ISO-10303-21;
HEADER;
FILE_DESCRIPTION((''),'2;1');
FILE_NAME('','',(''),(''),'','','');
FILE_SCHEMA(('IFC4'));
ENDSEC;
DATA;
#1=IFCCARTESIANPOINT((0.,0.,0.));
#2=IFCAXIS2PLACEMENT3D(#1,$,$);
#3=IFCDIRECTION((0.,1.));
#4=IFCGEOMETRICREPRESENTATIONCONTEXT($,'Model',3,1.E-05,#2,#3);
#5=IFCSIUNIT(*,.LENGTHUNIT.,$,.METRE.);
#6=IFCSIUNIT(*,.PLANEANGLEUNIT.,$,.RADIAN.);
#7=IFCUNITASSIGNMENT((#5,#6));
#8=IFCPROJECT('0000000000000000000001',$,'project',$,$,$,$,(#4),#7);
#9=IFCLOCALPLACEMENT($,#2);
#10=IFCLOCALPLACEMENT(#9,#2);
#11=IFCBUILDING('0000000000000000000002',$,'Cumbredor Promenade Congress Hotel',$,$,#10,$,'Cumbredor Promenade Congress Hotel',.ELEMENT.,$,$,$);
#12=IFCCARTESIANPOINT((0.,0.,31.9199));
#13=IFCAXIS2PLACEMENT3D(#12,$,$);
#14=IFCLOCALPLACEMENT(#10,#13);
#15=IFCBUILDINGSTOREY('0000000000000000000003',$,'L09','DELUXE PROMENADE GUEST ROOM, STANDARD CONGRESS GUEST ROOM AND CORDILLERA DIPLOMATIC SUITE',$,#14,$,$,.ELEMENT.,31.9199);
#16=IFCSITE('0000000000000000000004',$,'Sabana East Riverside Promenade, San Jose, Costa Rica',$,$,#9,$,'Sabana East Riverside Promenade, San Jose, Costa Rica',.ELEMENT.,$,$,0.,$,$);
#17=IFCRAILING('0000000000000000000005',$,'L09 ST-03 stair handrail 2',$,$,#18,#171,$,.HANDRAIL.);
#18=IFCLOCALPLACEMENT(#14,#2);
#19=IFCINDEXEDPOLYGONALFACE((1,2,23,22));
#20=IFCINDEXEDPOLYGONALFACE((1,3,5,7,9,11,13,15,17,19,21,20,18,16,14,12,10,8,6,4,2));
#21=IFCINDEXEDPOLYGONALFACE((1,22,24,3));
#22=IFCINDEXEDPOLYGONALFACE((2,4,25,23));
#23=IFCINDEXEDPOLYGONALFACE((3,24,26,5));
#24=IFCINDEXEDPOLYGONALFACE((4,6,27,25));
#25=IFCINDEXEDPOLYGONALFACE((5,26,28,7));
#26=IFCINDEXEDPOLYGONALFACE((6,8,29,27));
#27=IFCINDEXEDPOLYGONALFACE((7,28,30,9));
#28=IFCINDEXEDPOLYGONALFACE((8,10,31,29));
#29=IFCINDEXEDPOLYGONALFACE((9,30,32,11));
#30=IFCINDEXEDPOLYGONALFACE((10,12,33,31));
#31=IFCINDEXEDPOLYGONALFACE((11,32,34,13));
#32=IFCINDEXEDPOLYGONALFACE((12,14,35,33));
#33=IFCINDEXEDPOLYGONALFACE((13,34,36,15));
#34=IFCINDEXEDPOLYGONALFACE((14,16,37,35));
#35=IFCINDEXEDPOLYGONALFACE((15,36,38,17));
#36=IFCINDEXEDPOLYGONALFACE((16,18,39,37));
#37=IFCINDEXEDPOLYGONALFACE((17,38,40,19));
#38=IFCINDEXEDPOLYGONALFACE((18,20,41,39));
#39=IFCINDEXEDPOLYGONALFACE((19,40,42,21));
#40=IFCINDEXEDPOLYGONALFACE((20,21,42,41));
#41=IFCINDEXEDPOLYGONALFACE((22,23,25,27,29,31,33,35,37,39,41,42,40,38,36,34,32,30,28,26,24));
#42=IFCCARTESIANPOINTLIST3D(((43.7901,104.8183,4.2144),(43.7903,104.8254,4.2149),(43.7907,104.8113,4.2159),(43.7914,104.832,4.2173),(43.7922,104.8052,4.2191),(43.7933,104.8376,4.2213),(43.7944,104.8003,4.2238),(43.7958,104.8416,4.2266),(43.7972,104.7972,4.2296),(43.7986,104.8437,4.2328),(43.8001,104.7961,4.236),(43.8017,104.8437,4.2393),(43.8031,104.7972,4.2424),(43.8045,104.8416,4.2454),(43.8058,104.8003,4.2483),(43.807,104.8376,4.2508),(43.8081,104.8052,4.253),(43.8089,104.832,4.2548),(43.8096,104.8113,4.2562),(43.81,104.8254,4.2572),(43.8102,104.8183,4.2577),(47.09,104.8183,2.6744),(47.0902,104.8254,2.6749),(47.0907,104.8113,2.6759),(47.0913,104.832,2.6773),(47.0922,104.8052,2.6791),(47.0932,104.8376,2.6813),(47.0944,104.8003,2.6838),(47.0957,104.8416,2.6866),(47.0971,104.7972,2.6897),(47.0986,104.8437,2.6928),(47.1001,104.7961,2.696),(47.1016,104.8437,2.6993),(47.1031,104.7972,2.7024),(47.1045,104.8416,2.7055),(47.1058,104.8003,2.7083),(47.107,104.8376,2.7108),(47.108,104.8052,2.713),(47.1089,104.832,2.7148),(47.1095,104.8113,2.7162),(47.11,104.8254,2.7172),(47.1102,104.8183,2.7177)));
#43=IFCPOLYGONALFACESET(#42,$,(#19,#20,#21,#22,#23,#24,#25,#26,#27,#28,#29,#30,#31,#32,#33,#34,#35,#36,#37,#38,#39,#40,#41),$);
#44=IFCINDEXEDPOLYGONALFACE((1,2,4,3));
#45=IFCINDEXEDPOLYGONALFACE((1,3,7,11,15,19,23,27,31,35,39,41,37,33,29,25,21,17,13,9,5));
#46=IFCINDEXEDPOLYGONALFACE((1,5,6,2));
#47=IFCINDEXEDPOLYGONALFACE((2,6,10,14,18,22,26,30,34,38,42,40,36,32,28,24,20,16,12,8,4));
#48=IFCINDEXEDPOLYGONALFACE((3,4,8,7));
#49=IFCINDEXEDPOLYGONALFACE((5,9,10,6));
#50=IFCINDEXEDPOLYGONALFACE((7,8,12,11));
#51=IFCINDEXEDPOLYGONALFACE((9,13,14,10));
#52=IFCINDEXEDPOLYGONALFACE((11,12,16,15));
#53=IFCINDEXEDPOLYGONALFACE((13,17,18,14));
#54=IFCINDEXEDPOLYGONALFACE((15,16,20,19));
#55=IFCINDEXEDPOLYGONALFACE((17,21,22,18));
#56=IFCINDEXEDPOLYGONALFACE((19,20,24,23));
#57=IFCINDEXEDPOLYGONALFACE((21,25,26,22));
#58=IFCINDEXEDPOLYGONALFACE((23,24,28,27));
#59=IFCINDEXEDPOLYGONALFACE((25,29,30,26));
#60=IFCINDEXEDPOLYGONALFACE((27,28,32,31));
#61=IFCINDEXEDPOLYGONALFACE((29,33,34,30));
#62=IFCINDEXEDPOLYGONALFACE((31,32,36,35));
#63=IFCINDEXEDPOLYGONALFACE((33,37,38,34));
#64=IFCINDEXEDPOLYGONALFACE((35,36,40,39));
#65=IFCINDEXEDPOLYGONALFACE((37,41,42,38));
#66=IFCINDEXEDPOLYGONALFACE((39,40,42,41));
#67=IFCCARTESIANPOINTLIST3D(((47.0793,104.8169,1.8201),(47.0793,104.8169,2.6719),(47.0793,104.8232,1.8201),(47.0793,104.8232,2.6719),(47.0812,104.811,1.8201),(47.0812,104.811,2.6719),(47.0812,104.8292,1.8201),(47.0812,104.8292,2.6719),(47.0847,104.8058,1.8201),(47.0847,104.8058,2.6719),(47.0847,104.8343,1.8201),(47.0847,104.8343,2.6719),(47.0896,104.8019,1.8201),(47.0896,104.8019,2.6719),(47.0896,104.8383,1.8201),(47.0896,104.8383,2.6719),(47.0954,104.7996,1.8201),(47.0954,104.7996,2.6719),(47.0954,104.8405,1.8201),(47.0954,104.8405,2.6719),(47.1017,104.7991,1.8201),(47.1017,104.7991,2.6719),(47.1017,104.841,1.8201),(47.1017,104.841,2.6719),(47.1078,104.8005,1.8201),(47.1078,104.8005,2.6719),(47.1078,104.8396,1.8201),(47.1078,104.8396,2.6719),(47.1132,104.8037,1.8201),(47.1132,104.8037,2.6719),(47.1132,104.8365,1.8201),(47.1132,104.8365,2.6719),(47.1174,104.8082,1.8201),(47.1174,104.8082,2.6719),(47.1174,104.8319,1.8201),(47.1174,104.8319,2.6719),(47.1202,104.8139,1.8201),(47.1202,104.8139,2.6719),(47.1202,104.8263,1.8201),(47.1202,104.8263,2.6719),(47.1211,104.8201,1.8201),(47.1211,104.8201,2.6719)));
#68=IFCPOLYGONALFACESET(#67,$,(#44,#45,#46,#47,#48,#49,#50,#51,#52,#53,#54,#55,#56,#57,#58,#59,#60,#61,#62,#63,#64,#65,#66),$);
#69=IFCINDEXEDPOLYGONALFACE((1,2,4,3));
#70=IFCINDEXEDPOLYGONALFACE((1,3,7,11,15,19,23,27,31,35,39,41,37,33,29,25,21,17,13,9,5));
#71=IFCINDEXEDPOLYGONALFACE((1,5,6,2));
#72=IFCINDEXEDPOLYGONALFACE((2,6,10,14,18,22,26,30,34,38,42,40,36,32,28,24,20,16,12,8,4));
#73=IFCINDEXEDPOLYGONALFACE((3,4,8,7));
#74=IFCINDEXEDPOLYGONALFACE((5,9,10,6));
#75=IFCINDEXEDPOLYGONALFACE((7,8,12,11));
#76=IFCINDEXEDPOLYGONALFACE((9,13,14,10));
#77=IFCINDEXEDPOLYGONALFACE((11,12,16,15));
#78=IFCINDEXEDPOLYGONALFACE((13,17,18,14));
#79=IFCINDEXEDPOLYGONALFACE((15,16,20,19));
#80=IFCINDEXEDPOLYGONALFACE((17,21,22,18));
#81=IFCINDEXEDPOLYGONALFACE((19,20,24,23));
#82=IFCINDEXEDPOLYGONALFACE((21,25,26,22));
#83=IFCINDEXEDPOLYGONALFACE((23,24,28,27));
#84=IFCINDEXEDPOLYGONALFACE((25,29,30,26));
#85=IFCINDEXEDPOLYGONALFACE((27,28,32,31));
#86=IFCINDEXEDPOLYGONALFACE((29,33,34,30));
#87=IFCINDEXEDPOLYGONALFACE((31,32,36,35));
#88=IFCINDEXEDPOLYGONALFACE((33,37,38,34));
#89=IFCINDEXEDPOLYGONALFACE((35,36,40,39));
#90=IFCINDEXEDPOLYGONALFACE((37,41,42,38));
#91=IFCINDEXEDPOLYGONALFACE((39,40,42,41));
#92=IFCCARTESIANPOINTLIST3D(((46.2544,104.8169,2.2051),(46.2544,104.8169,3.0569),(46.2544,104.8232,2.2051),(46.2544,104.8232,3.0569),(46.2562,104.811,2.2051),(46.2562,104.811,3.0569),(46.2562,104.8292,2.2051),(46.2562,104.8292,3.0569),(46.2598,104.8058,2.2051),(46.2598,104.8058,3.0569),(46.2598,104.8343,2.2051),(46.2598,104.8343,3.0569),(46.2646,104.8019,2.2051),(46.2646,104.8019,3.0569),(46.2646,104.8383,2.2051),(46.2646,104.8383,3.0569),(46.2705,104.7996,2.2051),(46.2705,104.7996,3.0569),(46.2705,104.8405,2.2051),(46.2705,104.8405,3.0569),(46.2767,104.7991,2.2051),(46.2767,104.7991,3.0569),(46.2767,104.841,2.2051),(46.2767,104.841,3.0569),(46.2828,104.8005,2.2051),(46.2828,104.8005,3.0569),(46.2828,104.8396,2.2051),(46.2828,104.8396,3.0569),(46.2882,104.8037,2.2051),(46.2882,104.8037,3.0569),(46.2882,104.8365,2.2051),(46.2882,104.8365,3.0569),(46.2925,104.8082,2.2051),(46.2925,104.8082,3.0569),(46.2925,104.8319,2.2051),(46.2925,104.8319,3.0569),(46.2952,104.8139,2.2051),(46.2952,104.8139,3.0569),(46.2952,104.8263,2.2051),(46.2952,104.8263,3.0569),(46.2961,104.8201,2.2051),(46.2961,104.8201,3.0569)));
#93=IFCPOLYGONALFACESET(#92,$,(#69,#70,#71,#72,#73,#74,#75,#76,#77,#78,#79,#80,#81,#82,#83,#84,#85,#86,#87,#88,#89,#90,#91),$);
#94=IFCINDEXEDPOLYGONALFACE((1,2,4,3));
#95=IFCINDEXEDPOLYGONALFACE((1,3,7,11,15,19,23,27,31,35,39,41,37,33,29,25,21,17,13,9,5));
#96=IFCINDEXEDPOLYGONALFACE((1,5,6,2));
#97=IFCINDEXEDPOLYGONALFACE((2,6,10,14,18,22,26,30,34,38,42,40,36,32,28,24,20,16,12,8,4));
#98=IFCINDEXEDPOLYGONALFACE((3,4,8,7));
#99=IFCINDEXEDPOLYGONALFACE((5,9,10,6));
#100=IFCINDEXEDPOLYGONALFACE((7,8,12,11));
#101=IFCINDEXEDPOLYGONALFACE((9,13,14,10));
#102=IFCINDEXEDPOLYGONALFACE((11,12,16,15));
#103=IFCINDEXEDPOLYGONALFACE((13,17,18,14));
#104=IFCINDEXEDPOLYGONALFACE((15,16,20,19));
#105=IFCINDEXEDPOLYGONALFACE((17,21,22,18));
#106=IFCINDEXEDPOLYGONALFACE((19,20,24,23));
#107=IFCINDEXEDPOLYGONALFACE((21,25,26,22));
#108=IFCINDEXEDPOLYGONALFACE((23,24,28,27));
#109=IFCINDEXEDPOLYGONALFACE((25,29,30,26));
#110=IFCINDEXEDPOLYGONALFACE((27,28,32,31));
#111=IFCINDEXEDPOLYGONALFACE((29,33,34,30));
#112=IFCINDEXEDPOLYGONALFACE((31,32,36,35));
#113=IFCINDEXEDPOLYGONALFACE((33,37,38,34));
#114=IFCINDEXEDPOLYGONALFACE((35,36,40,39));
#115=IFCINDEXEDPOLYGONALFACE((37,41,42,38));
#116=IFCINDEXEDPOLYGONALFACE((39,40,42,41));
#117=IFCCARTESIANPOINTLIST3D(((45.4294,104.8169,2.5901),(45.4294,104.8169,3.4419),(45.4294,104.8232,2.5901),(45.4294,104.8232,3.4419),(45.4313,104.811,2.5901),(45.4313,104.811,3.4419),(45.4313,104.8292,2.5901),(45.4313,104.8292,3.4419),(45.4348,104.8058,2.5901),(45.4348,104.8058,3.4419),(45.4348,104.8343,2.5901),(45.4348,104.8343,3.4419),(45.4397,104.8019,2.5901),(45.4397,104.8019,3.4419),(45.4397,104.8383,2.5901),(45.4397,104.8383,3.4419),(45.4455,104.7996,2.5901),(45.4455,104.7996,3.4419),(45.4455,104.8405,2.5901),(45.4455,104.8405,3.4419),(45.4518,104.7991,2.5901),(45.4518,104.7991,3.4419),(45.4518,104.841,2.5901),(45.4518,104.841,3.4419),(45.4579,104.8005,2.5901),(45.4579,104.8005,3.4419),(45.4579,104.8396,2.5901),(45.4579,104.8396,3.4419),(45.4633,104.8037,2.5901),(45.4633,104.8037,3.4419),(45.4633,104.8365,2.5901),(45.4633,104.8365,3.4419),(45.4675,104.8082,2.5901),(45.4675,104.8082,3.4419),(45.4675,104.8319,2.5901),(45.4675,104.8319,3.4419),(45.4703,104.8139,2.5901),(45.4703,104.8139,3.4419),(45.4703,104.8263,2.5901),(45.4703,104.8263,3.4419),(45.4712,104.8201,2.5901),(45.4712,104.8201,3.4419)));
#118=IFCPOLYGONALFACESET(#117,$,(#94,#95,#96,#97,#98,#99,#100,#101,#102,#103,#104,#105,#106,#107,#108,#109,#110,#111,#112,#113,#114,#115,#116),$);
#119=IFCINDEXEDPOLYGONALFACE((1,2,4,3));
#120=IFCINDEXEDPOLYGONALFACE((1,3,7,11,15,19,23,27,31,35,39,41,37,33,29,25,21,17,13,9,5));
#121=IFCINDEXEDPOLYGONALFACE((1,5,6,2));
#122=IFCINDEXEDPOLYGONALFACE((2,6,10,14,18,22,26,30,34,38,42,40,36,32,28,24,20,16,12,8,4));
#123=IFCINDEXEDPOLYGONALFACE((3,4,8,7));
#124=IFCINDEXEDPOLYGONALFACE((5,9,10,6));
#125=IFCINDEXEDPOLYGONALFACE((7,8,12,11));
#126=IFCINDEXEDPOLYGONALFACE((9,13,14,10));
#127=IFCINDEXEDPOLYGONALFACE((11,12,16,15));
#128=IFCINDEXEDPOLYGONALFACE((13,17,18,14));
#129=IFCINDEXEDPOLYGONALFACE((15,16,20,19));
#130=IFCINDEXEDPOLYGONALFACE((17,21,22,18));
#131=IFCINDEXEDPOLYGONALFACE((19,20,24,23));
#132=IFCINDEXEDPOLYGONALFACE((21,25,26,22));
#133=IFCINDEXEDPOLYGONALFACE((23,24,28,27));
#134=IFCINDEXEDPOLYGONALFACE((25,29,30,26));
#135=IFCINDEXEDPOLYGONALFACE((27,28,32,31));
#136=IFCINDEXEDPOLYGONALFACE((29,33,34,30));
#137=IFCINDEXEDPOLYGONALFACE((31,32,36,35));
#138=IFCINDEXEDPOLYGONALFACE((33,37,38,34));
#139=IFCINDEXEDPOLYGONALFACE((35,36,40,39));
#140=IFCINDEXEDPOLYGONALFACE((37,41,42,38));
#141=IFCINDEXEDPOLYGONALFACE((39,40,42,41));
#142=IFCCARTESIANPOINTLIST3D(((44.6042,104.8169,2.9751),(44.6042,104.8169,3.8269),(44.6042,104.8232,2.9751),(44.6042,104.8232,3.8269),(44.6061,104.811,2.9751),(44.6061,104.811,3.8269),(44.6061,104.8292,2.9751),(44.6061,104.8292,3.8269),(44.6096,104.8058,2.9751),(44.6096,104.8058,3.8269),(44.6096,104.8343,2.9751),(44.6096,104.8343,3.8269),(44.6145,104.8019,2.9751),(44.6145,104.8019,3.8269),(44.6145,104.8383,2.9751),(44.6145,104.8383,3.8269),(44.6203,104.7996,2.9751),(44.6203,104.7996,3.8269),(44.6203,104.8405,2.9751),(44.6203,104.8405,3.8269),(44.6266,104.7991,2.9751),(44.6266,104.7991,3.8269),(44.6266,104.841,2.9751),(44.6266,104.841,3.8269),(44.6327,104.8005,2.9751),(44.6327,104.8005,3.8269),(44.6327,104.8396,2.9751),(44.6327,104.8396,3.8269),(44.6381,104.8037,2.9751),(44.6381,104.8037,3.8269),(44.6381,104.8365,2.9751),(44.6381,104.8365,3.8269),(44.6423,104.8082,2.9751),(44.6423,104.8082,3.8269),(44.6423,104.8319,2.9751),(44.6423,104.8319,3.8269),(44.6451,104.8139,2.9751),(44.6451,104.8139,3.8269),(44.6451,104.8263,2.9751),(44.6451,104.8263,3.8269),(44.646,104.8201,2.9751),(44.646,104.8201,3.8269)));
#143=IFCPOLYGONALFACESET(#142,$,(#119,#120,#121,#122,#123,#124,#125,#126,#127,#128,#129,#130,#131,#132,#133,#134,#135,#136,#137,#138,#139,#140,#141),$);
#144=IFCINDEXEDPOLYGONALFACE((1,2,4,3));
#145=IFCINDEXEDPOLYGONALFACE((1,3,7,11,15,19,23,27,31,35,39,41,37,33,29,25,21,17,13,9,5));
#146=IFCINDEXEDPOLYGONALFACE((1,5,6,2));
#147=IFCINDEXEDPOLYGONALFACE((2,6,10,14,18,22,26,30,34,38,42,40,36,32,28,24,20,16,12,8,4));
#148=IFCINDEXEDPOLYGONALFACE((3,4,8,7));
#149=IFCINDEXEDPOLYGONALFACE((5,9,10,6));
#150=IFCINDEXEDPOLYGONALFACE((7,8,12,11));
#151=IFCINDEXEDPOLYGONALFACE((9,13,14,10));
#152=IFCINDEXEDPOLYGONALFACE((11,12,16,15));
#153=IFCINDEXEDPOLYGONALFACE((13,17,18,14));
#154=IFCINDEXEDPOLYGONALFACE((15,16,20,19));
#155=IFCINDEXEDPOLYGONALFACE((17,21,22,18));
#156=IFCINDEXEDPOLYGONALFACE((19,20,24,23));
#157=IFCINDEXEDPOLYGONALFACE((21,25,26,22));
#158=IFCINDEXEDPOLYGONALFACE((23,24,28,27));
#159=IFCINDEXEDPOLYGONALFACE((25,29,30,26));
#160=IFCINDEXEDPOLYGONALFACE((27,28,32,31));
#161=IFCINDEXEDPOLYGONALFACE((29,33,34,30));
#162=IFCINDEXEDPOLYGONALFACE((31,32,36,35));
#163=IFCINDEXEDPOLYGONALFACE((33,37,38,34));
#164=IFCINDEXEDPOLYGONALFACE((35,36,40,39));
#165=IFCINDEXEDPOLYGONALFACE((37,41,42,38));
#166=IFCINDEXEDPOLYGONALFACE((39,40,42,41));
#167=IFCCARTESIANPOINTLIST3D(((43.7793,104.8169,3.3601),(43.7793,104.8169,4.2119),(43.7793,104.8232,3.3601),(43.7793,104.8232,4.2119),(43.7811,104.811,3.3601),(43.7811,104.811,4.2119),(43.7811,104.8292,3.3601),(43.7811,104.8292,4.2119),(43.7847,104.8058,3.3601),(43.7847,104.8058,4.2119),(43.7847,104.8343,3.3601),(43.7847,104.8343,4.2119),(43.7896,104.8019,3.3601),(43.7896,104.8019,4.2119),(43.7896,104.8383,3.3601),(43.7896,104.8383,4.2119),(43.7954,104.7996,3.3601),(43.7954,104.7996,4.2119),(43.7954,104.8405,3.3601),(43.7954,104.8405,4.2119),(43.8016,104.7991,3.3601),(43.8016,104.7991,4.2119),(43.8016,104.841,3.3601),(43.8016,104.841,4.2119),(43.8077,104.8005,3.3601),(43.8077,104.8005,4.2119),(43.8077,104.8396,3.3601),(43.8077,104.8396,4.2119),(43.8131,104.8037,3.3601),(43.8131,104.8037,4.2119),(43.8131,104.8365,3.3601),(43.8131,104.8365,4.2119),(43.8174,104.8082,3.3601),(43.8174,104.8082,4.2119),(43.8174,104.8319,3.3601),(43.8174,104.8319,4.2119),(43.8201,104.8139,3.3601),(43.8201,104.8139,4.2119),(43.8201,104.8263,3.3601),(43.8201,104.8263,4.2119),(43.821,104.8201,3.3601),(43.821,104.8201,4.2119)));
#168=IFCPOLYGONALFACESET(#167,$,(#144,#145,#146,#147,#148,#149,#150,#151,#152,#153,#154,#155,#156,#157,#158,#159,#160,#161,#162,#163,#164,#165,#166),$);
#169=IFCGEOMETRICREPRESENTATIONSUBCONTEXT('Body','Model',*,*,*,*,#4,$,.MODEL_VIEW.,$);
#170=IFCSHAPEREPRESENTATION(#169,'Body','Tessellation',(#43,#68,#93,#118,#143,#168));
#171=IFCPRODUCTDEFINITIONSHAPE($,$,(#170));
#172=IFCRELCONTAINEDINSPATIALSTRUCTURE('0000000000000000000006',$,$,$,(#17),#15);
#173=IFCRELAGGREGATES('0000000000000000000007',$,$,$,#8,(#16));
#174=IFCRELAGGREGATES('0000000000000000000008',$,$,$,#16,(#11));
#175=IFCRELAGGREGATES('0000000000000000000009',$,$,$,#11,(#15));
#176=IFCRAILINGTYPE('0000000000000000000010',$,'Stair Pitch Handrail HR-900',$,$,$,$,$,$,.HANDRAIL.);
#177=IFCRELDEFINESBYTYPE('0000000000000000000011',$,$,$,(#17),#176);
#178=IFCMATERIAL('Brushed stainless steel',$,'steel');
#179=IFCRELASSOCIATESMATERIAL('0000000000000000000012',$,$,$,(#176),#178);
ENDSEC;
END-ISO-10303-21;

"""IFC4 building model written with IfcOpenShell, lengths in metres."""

from ifc_helpers import new_model, si_unit, direction, frame, origin, origin_2d, place, context, subcontext, project, spatial, circle, extrude, material, type_object, element, save


model = new_model("IFC4")

# Units and contexts
model_context = context("Model", 3, precision=1e-05, world=origin(), true_north=direction((0.0, 1.0)))
body_context = subcontext(model_context, "Body", "Model", "MODEL_VIEW")
ifc_project = project(units=[si_unit("LENGTHUNIT", "METRE"), si_unit("PLANEANGLEUNIT", "RADIAN")], contexts=[model_context])

# Site, building, storey
site_placement = place(None, origin())
site = spatial("IfcSite", under=ifc_project, at=site_placement, Name="Sabana East Riverside Promenade, San Jose, Costa Rica", LongName="Sabana East Riverside Promenade, San Jose, Costa Rica", CompositionType="ELEMENT", RefElevation=0.0)
building_placement = place(site_placement, origin())
building = spatial("IfcBuilding", under=site, at=building_placement, Name="Cumbredor Promenade Congress Hotel", LongName="Cumbredor Promenade Congress Hotel", CompositionType="ELEMENT")
storey_placement = place(building_placement, frame((0.0, 0.0, 31.9199)))
storey = spatial("IfcBuildingStorey", under=building, at=storey_placement, Name="L09", Description="DELUXE PROMENADE GUEST ROOM, STANDARD CONGRESS GUEST ROOM AND CORDILLERA DIPLOMATIC SUITE", CompositionType="ELEMENT", Elevation=31.9199)

# Shared definitions
ifc_material_1 = material(Name="Brushed stainless steel", Category="steel")

# Railing
railing_type_1 = type_object("IfcRailingType", Name="Stair Pitch Handrail HR-900", PredefinedType="HANDRAIL", material=ifc_material_1)
railing_1_placement = place(storey_placement, frame((47.1001, 104.8201, 1.8201)))
element("IfcRailing", 1, at=railing_1_placement, inside=storey, type_object=railing_type_1, Name="L09 ST-03 stair handrail 2", PredefinedType="HANDRAIL", context=body_context, shape_type="SweptSolid", body=[
    extrude(circle(Radius=0.0239, at=origin_2d()), frame((0.0, 0.0, 0.876), z_axis=(-0.906181, 0.0, 0.422889), x_axis=(0.0, -1.0, 0.0)), (0.0, 0.0, 1.0), 3.6416),
    extrude(circle(Radius=0.021, at=origin_2d()), origin(), (0.0, 0.0, 1.0), 0.8518),
    extrude(circle(Radius=0.021, at=origin_2d()), frame((-0.825, 0.0, 0.385)), (0.0, 0.0, 1.0), 0.8518),
    extrude(circle(Radius=0.021, at=origin_2d()), frame((-1.6499, 0.0, 0.77)), (0.0, 0.0, 1.0), 0.8518),
    extrude(circle(Radius=0.021, at=origin_2d()), frame((-2.4751, 0.0, 1.155)), (0.0, 0.0, 1.0), 0.8518),
    extrude(circle(Radius=0.021, at=origin_2d()), frame((-3.3, 0.0, 1.54)), (0.0, 0.0, 1.0), 0.8518),
])

save(model, "model.ifc")
